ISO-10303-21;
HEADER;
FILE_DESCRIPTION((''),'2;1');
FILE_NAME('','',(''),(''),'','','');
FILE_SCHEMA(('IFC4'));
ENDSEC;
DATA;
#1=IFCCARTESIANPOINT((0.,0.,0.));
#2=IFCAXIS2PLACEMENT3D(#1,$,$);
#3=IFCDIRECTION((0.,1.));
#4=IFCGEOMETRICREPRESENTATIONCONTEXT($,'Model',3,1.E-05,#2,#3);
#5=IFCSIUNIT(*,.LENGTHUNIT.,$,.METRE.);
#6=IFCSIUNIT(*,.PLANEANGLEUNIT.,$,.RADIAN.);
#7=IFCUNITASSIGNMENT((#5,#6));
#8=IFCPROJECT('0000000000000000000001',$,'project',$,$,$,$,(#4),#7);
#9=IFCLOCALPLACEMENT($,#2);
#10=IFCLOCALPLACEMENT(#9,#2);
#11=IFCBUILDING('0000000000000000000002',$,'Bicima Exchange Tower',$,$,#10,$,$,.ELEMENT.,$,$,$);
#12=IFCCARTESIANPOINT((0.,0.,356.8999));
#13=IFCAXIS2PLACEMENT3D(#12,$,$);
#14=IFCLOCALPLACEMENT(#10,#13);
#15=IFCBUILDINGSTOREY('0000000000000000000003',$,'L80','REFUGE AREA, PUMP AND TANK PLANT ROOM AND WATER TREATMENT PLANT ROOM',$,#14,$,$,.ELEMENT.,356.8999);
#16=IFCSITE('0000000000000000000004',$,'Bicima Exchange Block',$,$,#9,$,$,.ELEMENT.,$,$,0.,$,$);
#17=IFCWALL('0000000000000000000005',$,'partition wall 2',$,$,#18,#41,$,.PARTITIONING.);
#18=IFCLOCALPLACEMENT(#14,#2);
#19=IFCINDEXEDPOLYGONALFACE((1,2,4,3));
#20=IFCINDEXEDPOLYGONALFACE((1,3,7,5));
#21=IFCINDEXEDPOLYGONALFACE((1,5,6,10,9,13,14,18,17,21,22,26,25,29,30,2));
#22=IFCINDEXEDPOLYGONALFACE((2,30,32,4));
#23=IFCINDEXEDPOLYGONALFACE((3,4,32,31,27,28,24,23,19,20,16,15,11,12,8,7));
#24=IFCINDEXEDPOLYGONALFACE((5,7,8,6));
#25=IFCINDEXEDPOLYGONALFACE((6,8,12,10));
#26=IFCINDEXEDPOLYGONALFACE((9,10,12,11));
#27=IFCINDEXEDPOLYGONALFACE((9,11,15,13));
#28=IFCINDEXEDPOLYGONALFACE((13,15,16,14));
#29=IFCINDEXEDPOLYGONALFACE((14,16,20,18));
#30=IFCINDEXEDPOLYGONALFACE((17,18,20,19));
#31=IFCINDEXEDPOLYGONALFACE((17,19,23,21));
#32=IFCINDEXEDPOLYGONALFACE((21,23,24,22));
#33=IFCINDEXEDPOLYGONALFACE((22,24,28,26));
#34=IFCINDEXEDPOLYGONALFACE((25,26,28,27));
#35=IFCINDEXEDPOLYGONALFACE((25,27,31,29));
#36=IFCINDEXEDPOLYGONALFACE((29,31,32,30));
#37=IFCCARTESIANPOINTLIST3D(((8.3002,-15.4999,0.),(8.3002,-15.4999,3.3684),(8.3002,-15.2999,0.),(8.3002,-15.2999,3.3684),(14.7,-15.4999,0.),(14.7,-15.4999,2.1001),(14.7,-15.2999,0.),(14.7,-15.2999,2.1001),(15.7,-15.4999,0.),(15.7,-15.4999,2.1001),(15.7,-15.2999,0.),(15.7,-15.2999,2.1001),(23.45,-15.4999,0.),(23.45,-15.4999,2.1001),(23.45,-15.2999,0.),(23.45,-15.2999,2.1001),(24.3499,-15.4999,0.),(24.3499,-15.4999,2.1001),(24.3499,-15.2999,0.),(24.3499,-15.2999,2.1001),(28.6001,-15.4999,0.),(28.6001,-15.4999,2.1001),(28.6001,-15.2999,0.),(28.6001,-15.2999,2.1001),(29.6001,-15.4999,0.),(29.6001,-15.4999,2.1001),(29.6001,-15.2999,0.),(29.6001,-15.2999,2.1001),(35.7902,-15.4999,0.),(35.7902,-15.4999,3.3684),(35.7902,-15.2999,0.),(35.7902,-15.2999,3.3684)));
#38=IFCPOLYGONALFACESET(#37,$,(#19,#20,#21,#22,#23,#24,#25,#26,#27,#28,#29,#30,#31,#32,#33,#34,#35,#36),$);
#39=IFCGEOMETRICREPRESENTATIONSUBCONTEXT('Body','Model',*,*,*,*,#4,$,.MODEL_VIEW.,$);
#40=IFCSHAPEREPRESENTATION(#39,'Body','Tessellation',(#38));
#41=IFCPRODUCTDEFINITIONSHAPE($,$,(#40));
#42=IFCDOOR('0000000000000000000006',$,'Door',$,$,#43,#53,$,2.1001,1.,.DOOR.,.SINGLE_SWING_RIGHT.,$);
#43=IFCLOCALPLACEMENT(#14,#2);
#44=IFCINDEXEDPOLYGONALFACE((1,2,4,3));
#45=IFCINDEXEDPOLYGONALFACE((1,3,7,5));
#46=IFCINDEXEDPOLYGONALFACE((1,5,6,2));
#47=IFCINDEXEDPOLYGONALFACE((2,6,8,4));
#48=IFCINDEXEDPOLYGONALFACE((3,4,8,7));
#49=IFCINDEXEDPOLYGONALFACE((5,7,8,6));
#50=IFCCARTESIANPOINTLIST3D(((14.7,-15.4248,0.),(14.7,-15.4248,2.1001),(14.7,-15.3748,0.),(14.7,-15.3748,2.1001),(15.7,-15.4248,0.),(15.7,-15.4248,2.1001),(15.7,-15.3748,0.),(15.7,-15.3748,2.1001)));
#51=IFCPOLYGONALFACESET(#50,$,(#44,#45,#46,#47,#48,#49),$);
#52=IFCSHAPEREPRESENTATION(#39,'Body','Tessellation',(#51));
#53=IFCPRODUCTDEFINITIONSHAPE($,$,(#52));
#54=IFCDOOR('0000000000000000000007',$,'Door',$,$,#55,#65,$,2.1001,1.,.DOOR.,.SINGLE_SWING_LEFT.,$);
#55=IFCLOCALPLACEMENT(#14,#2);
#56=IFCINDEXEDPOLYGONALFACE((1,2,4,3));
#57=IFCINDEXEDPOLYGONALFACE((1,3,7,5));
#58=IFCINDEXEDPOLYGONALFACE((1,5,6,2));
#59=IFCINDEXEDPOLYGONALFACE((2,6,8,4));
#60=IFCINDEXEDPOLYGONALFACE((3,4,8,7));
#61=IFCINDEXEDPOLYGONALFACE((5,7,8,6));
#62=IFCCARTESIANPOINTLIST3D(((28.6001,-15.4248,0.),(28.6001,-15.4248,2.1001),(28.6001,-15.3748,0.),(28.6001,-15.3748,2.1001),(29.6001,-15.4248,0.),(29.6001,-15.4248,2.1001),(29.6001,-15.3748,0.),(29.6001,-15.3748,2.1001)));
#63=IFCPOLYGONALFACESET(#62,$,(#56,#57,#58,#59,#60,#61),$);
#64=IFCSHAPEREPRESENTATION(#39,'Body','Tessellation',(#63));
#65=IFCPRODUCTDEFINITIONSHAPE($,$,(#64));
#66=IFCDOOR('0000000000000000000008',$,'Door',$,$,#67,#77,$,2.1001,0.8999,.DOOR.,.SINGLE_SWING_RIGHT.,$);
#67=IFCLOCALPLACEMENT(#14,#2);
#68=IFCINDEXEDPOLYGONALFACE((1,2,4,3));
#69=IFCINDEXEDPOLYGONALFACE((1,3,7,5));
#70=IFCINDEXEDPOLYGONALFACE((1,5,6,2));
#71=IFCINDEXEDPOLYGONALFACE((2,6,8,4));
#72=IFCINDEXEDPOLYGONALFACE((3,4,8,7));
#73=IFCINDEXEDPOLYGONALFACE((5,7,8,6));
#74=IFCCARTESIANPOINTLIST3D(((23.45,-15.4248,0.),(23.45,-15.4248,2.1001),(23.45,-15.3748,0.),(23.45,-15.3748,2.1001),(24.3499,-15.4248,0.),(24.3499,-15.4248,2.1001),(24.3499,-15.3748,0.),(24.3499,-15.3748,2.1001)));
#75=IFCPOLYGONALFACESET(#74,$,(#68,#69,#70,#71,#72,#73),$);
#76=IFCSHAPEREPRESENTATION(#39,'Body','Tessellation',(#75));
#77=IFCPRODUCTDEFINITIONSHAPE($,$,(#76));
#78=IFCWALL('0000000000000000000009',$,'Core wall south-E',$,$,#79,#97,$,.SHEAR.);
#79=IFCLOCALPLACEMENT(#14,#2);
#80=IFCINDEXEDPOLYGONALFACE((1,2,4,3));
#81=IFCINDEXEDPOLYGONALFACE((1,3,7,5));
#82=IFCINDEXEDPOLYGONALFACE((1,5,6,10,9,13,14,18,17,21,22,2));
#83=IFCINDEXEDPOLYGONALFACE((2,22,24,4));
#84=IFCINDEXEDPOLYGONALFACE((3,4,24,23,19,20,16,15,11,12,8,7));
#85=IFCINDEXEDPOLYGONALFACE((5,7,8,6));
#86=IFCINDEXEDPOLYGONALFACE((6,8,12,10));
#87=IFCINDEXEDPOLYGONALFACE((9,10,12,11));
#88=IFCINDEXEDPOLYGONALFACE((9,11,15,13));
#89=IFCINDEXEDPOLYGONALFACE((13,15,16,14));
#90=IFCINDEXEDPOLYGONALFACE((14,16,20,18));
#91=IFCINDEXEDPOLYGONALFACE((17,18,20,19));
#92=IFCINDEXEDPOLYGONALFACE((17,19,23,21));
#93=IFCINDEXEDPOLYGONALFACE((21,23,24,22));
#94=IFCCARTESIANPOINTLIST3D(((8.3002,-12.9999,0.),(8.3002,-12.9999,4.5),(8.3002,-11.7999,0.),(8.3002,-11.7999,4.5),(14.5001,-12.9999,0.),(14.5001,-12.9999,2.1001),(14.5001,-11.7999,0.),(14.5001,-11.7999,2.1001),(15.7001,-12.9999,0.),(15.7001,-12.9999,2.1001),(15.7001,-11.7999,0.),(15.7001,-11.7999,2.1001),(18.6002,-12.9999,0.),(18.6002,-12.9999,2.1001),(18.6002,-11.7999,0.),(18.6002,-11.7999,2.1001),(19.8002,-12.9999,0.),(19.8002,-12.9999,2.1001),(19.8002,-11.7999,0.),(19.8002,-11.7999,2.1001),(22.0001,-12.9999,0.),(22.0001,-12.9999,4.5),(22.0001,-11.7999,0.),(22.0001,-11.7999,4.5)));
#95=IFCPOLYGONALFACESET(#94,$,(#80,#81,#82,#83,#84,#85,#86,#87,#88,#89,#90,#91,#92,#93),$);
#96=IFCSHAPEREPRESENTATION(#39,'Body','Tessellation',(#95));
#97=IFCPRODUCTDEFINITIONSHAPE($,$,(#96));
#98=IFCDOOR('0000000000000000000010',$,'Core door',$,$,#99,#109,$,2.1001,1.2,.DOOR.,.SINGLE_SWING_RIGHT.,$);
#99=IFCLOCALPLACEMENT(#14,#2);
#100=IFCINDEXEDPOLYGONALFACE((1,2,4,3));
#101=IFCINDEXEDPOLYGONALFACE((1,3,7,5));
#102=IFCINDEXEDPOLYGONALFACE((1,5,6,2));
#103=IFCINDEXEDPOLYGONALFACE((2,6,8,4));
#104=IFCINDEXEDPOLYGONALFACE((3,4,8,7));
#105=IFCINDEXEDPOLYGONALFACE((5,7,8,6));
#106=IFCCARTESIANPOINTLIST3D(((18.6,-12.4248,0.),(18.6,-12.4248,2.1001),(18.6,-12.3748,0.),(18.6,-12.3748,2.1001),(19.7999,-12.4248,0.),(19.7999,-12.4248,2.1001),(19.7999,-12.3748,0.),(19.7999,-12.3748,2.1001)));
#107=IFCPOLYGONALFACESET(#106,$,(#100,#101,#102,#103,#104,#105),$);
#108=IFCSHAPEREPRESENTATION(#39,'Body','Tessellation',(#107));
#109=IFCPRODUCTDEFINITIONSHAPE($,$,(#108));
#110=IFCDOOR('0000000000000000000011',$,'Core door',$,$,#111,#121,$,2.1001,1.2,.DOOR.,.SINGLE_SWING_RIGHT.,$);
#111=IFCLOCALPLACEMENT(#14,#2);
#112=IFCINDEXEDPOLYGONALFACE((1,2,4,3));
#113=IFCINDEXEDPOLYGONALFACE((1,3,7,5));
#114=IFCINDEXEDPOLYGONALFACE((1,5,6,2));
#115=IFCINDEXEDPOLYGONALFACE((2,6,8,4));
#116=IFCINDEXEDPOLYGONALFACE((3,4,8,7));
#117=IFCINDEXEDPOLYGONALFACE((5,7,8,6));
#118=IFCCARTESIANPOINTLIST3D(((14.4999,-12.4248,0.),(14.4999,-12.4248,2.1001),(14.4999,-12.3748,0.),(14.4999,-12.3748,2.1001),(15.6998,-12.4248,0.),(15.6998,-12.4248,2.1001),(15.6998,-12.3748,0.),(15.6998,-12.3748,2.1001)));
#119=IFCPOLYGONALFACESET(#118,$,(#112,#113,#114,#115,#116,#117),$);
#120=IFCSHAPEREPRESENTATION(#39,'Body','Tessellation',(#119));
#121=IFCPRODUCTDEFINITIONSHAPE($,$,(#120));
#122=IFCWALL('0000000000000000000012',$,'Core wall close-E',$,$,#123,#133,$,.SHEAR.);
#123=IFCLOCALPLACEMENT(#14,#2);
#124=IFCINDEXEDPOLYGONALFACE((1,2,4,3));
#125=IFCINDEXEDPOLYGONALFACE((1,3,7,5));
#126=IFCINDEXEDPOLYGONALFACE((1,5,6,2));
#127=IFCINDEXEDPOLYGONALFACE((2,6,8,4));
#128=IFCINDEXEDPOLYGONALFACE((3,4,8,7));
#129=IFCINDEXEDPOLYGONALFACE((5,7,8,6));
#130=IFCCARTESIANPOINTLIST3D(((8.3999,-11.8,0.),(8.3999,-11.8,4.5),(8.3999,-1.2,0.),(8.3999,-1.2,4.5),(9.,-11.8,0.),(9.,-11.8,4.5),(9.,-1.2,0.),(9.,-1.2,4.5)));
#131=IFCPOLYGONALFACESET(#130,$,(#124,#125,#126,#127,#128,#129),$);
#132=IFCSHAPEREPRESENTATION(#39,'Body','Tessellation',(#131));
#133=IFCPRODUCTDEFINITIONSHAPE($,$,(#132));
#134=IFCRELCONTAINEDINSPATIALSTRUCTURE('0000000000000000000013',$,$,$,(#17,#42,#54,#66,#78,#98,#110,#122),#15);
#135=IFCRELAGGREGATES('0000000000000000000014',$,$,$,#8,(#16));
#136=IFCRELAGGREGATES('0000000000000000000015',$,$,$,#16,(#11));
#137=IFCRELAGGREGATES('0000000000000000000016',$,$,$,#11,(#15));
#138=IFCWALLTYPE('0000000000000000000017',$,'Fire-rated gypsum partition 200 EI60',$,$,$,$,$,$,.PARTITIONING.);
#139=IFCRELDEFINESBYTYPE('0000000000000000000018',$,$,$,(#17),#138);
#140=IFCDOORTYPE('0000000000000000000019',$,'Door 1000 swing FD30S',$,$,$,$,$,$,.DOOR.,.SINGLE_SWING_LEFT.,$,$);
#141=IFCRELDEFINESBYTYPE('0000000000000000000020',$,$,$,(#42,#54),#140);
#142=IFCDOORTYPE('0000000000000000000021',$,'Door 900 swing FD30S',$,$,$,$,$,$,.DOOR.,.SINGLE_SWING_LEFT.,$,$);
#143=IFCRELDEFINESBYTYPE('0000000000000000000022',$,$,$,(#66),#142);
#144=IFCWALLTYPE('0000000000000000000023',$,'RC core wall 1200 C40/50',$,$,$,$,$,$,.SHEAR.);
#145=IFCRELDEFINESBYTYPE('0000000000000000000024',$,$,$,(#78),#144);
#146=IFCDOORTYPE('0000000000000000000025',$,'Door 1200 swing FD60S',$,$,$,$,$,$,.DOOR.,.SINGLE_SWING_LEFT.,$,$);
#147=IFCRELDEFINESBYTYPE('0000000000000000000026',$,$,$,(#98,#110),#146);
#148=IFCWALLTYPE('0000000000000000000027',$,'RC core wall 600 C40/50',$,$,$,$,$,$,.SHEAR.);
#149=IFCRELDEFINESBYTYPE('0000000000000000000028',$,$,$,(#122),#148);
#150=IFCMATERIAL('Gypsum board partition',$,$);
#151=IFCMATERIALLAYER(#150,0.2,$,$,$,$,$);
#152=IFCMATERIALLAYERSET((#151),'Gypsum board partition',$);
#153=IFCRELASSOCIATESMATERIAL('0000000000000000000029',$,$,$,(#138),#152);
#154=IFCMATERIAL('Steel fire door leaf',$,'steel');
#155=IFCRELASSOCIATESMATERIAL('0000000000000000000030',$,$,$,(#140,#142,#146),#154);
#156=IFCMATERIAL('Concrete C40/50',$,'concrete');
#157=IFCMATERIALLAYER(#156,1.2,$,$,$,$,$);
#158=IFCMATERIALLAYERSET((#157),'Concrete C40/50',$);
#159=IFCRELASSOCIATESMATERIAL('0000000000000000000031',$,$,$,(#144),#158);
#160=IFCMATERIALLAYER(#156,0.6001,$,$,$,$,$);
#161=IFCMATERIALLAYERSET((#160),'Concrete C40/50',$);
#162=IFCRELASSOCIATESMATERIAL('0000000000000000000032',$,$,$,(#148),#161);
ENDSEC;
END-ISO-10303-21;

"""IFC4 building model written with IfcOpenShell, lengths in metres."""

from ifc_helpers import new_model, si_unit, direction, frame, frame_2d, origin, place, context, subcontext, project, spatial, rectangle, extrude, material, layer, layer_set, type_object, element, fill, save


model = new_model("IFC4")

# Units and contexts
model_context = context("Model", 3, precision=1e-05, world=origin(), true_north=direction((0.0, 1.0)))
body_context = subcontext(model_context, "Body", "Model", "MODEL_VIEW")
ifc_project = project(units=[si_unit("LENGTHUNIT", "METRE"), si_unit("PLANEANGLEUNIT", "RADIAN")], contexts=[model_context])

# Site, building, storey
site_placement = place(None, origin())
site = spatial("IfcSite", under=ifc_project, at=site_placement, Name="Bicima Exchange Block", CompositionType="ELEMENT", RefElevation=0.0)
building_placement = place(site_placement, origin())
building = spatial("IfcBuilding", under=site, at=building_placement, Name="Bicima Exchange Tower", CompositionType="ELEMENT")
storey_placement = place(building_placement, frame((0.0, 0.0, 356.8999)))
storey = spatial("IfcBuildingStorey", under=building, at=storey_placement, Name="L80", Description="REFUGE AREA, PUMP AND TANK PLANT ROOM AND WATER TREATMENT PLANT ROOM", CompositionType="ELEMENT", Elevation=356.8999)

# Walls, openings, doors
ifc_material_1 = material(Name="Gypsum board partition")
ifc_layer_1 = layer(ifc_material_1, 0.2)
ifc_layer_set_1 = layer_set([ifc_layer_1], Name="Gypsum board partition")
wall_type_1 = type_object("IfcWallType", Name="Fire-rated gypsum partition 200 EI60", PredefinedType="PARTITIONING", material=ifc_layer_set_1)
wall_1_placement = place(storey_placement, frame((8.3, -15.3999, 0.0), z_axis=(0.0, 0.0, 1.0), x_axis=(1.0, 0.0, 0.0)))
wall_1 = element("IfcWall", 1, at=wall_1_placement, inside=storey, type_object=wall_type_1, Name="partition wall 2", PredefinedType="PARTITIONING", context=body_context, shape_type="SweptSolid", body=[
    extrude(rectangle(XDim=27.49, YDim=0.2, at=frame_2d((13.7451, 0.0))), origin(), (0.0, 0.0, 1.0), 3.3684),
])
opening_1_placement = place(wall_1_placement, frame((6.3999, 0.0, 0.0)))
opening_1 = element("IfcOpeningElement", 2, at=opening_1_placement, cuts=wall_1, PredefinedType="OPENING", context=body_context, shape_type="SweptSolid", body=[
    extrude(rectangle(XDim=1.0, YDim=2.1001, at=frame_2d((0.5, 1.05))), frame((0.0, 0.1118, 0.0), z_axis=(0.0, -1.0, 0.0), x_axis=(1.0, 0.0, 0.0)), (0.0, 0.0, 1.0), 0.2239),
])
opening_2_placement = place(wall_1_placement, frame((15.1499, 0.0, 0.0)))
opening_2 = element("IfcOpeningElement", 3, at=opening_2_placement, cuts=wall_1, PredefinedType="OPENING", context=body_context, shape_type="SweptSolid", body=[
    extrude(rectangle(XDim=0.8999, YDim=2.1001, at=frame_2d((0.45, 1.05))), frame((0.0, 0.1118, 0.0), z_axis=(0.0, -1.0, 0.0), x_axis=(1.0, 0.0, 0.0)), (0.0, 0.0, 1.0), 0.2239),
])
opening_3_placement = place(wall_1_placement, frame((20.3, 0.0, 0.0)))
opening_3 = element("IfcOpeningElement", 4, at=opening_3_placement, cuts=wall_1, PredefinedType="OPENING", context=body_context, shape_type="SweptSolid", body=[
    extrude(rectangle(XDim=1.0, YDim=2.1001, at=frame_2d((0.5, 1.05))), frame((0.0, 0.1118, 0.0), z_axis=(0.0, -1.0, 0.0), x_axis=(1.0, 0.0, 0.0)), (0.0, 0.0, 1.0), 0.2239),
])
ifc_material_2 = material(Name="Steel fire door leaf", Category="steel")
door_type_1 = type_object("IfcDoorType", Name="Door 1000 swing FD30S", OperationType="SINGLE_SWING_LEFT", PredefinedType="DOOR", material=ifc_material_2)
door_1_placement = place(opening_1_placement, frame((1.0, 0.0, 0.0), z_axis=(0.0, 0.0, 1.0), x_axis=(-1.0, 0.0, 0.0)))
door_1 = element("IfcDoor", 5, at=door_1_placement, inside=storey, type_object=door_type_1, Name="Door", OperationType="SINGLE_SWING_RIGHT", OverallHeight=2.1001, OverallWidth=1.0, PredefinedType="DOOR", context=body_context, shape_type="SweptSolid", body=[
    extrude(rectangle(XDim=1.0, YDim=2.1001, at=frame_2d((0.5, 1.05))), frame((0.0, 0.0249, 0.0), z_axis=(0.0, -1.0, 0.0), x_axis=(1.0, 0.0, 0.0)), (0.0, 0.0, 1.0), 0.05),
])
fill(opening_1, door_1)
door_2_placement = place(opening_3_placement, frame((1.0, 0.0, 0.0), z_axis=(0.0, 0.0, 1.0), x_axis=(-1.0, 0.0, 0.0)))
door_2 = element("IfcDoor", 6, at=door_2_placement, inside=storey, type_object=door_type_1, Name="Door", OperationType="SINGLE_SWING_LEFT", OverallHeight=2.1001, OverallWidth=1.0, PredefinedType="DOOR", context=body_context, shape_type="SweptSolid", body=[
    extrude(rectangle(XDim=1.0, YDim=2.1001, at=frame_2d((0.5, 1.05))), frame((0.0, 0.0249, 0.0), z_axis=(0.0, -1.0, 0.0), x_axis=(1.0, 0.0, 0.0)), (0.0, 0.0, 1.0), 0.05),
])
fill(opening_3, door_2)
door_type_2 = type_object("IfcDoorType", Name="Door 900 swing FD30S", OperationType="SINGLE_SWING_LEFT", PredefinedType="DOOR", material=ifc_material_2)
door_3_placement = place(opening_2_placement, frame((0.8999, 0.0, 0.0), z_axis=(0.0, 0.0, 1.0), x_axis=(-1.0, 0.0, 0.0)))
door_3 = element("IfcDoor", 7, at=door_3_placement, inside=storey, type_object=door_type_2, Name="Door", OperationType="SINGLE_SWING_RIGHT", OverallHeight=2.1001, OverallWidth=0.8999, PredefinedType="DOOR", context=body_context, shape_type="SweptSolid", body=[
    extrude(rectangle(XDim=0.8999, YDim=2.1001, at=frame_2d((0.45, 1.05))), frame((0.0, 0.0249, 0.0), z_axis=(0.0, -1.0, 0.0), x_axis=(1.0, 0.0, 0.0)), (0.0, 0.0, 1.0), 0.05),
])
fill(opening_2, door_3)
ifc_material_3 = material(Name="Concrete C40/50", Category="concrete")
ifc_layer_2 = layer(ifc_material_3, 1.2)
ifc_layer_set_2 = layer_set([ifc_layer_2], Name="Concrete C40/50")
wall_type_2 = type_object("IfcWallType", Name="RC core wall 1200 C40/50", PredefinedType="SHEAR", material=ifc_layer_set_2)
wall_2_placement = place(storey_placement, frame((8.3, -12.3999, 0.0), z_axis=(0.0, 0.0, 1.0), x_axis=(1.0, 0.0, 0.0)))
wall_2 = element("IfcWall", 8, at=wall_2_placement, inside=storey, type_object=wall_type_2, Name="Core wall south-E", PredefinedType="SHEAR", context=body_context, shape_type="SweptSolid", body=[
    extrude(rectangle(XDim=13.7, YDim=1.2, at=frame_2d((6.8501, 0.0))), origin(), (0.0, 0.0, 1.0), 4.5),
])
opening_4_placement = place(wall_2_placement, frame((10.3, 0.0, 0.0)))
opening_4 = element("IfcOpeningElement", 9, at=opening_4_placement, cuts=wall_2, PredefinedType="OPENING", context=body_context, shape_type="SweptSolid", body=[
    extrude(rectangle(XDim=1.2, YDim=2.1001, at=frame_2d((0.6001, 1.05))), frame((0.0, 0.6118, 0.0), z_axis=(0.0, -1.0, 0.0), x_axis=(1.0, 0.0, 0.0)), (0.0, 0.0, 1.0), 1.2239),
])
opening_5_placement = place(wall_2_placement, frame((6.2, 0.0, 0.0)))
opening_5 = element("IfcOpeningElement", 10, at=opening_5_placement, cuts=wall_2, PredefinedType="OPENING", context=body_context, shape_type="SweptSolid", body=[
    extrude(rectangle(XDim=1.2, YDim=2.1001, at=frame_2d((0.6001, 1.05))), frame((0.0, 0.6118, 0.0), z_axis=(0.0, -1.0, 0.0), x_axis=(1.0, 0.0, 0.0)), (0.0, 0.0, 1.0), 1.2239),
])
door_type_3 = type_object("IfcDoorType", Name="Door 1200 swing FD60S", OperationType="SINGLE_SWING_LEFT", PredefinedType="DOOR", material=ifc_material_2)
door_4_placement = place(opening_4_placement, frame((1.2, 0.0, 0.0), z_axis=(0.0, 0.0, 1.0), x_axis=(-1.0, 0.0, 0.0)))
door_4 = element("IfcDoor", 11, at=door_4_placement, inside=storey, type_object=door_type_3, Name="Core door", OperationType="SINGLE_SWING_RIGHT", OverallHeight=2.1001, OverallWidth=1.2, PredefinedType="DOOR", context=body_context, shape_type="SweptSolid", body=[
    extrude(rectangle(XDim=1.2, YDim=2.1001, at=frame_2d((0.6001, 1.05))), frame((0.0, 0.0249, 0.0), z_axis=(0.0, -1.0, 0.0), x_axis=(1.0, 0.0, 0.0)), (0.0, 0.0, 1.0), 0.05),
])
fill(opening_4, door_4)
door_5_placement = place(opening_5_placement, frame((1.2, 0.0, 0.0), z_axis=(0.0, 0.0, 1.0), x_axis=(-1.0, 0.0, 0.0)))
door_5 = element("IfcDoor", 12, at=door_5_placement, inside=storey, type_object=door_type_3, Name="Core door", OperationType="SINGLE_SWING_RIGHT", OverallHeight=2.1001, OverallWidth=1.2, PredefinedType="DOOR", context=body_context, shape_type="SweptSolid", body=[
    extrude(rectangle(XDim=1.2, YDim=2.1001, at=frame_2d((0.6001, 1.05))), frame((0.0, 0.0249, 0.0), z_axis=(0.0, -1.0, 0.0), x_axis=(1.0, 0.0, 0.0)), (0.0, 0.0, 1.0), 0.05),
])
fill(opening_5, door_5)

# Wall
ifc_layer_3 = layer(ifc_material_3, 0.6001)
ifc_layer_set_3 = layer_set([ifc_layer_3], Name="Concrete C40/50")
wall_type_3 = type_object("IfcWallType", Name="RC core wall 600 C40/50", PredefinedType="SHEAR", material=ifc_layer_set_3)
wall_3_placement = place(storey_placement, frame((8.7, -11.8, 0.0), z_axis=(0.0, 0.0, 1.0), x_axis=(0.0, 1.0, 0.0)))
element("IfcWall", 13, at=wall_3_placement, inside=storey, type_object=wall_type_3, Name="Core wall close-E", PredefinedType="SHEAR", context=body_context, shape_type="SweptSolid", body=[
    extrude(rectangle(XDim=10.6001, YDim=0.6001, at=frame_2d((5.3, 0.0))), origin(), (0.0, 0.0, 1.0), 4.5),
])

save(model, "model.ifc")
